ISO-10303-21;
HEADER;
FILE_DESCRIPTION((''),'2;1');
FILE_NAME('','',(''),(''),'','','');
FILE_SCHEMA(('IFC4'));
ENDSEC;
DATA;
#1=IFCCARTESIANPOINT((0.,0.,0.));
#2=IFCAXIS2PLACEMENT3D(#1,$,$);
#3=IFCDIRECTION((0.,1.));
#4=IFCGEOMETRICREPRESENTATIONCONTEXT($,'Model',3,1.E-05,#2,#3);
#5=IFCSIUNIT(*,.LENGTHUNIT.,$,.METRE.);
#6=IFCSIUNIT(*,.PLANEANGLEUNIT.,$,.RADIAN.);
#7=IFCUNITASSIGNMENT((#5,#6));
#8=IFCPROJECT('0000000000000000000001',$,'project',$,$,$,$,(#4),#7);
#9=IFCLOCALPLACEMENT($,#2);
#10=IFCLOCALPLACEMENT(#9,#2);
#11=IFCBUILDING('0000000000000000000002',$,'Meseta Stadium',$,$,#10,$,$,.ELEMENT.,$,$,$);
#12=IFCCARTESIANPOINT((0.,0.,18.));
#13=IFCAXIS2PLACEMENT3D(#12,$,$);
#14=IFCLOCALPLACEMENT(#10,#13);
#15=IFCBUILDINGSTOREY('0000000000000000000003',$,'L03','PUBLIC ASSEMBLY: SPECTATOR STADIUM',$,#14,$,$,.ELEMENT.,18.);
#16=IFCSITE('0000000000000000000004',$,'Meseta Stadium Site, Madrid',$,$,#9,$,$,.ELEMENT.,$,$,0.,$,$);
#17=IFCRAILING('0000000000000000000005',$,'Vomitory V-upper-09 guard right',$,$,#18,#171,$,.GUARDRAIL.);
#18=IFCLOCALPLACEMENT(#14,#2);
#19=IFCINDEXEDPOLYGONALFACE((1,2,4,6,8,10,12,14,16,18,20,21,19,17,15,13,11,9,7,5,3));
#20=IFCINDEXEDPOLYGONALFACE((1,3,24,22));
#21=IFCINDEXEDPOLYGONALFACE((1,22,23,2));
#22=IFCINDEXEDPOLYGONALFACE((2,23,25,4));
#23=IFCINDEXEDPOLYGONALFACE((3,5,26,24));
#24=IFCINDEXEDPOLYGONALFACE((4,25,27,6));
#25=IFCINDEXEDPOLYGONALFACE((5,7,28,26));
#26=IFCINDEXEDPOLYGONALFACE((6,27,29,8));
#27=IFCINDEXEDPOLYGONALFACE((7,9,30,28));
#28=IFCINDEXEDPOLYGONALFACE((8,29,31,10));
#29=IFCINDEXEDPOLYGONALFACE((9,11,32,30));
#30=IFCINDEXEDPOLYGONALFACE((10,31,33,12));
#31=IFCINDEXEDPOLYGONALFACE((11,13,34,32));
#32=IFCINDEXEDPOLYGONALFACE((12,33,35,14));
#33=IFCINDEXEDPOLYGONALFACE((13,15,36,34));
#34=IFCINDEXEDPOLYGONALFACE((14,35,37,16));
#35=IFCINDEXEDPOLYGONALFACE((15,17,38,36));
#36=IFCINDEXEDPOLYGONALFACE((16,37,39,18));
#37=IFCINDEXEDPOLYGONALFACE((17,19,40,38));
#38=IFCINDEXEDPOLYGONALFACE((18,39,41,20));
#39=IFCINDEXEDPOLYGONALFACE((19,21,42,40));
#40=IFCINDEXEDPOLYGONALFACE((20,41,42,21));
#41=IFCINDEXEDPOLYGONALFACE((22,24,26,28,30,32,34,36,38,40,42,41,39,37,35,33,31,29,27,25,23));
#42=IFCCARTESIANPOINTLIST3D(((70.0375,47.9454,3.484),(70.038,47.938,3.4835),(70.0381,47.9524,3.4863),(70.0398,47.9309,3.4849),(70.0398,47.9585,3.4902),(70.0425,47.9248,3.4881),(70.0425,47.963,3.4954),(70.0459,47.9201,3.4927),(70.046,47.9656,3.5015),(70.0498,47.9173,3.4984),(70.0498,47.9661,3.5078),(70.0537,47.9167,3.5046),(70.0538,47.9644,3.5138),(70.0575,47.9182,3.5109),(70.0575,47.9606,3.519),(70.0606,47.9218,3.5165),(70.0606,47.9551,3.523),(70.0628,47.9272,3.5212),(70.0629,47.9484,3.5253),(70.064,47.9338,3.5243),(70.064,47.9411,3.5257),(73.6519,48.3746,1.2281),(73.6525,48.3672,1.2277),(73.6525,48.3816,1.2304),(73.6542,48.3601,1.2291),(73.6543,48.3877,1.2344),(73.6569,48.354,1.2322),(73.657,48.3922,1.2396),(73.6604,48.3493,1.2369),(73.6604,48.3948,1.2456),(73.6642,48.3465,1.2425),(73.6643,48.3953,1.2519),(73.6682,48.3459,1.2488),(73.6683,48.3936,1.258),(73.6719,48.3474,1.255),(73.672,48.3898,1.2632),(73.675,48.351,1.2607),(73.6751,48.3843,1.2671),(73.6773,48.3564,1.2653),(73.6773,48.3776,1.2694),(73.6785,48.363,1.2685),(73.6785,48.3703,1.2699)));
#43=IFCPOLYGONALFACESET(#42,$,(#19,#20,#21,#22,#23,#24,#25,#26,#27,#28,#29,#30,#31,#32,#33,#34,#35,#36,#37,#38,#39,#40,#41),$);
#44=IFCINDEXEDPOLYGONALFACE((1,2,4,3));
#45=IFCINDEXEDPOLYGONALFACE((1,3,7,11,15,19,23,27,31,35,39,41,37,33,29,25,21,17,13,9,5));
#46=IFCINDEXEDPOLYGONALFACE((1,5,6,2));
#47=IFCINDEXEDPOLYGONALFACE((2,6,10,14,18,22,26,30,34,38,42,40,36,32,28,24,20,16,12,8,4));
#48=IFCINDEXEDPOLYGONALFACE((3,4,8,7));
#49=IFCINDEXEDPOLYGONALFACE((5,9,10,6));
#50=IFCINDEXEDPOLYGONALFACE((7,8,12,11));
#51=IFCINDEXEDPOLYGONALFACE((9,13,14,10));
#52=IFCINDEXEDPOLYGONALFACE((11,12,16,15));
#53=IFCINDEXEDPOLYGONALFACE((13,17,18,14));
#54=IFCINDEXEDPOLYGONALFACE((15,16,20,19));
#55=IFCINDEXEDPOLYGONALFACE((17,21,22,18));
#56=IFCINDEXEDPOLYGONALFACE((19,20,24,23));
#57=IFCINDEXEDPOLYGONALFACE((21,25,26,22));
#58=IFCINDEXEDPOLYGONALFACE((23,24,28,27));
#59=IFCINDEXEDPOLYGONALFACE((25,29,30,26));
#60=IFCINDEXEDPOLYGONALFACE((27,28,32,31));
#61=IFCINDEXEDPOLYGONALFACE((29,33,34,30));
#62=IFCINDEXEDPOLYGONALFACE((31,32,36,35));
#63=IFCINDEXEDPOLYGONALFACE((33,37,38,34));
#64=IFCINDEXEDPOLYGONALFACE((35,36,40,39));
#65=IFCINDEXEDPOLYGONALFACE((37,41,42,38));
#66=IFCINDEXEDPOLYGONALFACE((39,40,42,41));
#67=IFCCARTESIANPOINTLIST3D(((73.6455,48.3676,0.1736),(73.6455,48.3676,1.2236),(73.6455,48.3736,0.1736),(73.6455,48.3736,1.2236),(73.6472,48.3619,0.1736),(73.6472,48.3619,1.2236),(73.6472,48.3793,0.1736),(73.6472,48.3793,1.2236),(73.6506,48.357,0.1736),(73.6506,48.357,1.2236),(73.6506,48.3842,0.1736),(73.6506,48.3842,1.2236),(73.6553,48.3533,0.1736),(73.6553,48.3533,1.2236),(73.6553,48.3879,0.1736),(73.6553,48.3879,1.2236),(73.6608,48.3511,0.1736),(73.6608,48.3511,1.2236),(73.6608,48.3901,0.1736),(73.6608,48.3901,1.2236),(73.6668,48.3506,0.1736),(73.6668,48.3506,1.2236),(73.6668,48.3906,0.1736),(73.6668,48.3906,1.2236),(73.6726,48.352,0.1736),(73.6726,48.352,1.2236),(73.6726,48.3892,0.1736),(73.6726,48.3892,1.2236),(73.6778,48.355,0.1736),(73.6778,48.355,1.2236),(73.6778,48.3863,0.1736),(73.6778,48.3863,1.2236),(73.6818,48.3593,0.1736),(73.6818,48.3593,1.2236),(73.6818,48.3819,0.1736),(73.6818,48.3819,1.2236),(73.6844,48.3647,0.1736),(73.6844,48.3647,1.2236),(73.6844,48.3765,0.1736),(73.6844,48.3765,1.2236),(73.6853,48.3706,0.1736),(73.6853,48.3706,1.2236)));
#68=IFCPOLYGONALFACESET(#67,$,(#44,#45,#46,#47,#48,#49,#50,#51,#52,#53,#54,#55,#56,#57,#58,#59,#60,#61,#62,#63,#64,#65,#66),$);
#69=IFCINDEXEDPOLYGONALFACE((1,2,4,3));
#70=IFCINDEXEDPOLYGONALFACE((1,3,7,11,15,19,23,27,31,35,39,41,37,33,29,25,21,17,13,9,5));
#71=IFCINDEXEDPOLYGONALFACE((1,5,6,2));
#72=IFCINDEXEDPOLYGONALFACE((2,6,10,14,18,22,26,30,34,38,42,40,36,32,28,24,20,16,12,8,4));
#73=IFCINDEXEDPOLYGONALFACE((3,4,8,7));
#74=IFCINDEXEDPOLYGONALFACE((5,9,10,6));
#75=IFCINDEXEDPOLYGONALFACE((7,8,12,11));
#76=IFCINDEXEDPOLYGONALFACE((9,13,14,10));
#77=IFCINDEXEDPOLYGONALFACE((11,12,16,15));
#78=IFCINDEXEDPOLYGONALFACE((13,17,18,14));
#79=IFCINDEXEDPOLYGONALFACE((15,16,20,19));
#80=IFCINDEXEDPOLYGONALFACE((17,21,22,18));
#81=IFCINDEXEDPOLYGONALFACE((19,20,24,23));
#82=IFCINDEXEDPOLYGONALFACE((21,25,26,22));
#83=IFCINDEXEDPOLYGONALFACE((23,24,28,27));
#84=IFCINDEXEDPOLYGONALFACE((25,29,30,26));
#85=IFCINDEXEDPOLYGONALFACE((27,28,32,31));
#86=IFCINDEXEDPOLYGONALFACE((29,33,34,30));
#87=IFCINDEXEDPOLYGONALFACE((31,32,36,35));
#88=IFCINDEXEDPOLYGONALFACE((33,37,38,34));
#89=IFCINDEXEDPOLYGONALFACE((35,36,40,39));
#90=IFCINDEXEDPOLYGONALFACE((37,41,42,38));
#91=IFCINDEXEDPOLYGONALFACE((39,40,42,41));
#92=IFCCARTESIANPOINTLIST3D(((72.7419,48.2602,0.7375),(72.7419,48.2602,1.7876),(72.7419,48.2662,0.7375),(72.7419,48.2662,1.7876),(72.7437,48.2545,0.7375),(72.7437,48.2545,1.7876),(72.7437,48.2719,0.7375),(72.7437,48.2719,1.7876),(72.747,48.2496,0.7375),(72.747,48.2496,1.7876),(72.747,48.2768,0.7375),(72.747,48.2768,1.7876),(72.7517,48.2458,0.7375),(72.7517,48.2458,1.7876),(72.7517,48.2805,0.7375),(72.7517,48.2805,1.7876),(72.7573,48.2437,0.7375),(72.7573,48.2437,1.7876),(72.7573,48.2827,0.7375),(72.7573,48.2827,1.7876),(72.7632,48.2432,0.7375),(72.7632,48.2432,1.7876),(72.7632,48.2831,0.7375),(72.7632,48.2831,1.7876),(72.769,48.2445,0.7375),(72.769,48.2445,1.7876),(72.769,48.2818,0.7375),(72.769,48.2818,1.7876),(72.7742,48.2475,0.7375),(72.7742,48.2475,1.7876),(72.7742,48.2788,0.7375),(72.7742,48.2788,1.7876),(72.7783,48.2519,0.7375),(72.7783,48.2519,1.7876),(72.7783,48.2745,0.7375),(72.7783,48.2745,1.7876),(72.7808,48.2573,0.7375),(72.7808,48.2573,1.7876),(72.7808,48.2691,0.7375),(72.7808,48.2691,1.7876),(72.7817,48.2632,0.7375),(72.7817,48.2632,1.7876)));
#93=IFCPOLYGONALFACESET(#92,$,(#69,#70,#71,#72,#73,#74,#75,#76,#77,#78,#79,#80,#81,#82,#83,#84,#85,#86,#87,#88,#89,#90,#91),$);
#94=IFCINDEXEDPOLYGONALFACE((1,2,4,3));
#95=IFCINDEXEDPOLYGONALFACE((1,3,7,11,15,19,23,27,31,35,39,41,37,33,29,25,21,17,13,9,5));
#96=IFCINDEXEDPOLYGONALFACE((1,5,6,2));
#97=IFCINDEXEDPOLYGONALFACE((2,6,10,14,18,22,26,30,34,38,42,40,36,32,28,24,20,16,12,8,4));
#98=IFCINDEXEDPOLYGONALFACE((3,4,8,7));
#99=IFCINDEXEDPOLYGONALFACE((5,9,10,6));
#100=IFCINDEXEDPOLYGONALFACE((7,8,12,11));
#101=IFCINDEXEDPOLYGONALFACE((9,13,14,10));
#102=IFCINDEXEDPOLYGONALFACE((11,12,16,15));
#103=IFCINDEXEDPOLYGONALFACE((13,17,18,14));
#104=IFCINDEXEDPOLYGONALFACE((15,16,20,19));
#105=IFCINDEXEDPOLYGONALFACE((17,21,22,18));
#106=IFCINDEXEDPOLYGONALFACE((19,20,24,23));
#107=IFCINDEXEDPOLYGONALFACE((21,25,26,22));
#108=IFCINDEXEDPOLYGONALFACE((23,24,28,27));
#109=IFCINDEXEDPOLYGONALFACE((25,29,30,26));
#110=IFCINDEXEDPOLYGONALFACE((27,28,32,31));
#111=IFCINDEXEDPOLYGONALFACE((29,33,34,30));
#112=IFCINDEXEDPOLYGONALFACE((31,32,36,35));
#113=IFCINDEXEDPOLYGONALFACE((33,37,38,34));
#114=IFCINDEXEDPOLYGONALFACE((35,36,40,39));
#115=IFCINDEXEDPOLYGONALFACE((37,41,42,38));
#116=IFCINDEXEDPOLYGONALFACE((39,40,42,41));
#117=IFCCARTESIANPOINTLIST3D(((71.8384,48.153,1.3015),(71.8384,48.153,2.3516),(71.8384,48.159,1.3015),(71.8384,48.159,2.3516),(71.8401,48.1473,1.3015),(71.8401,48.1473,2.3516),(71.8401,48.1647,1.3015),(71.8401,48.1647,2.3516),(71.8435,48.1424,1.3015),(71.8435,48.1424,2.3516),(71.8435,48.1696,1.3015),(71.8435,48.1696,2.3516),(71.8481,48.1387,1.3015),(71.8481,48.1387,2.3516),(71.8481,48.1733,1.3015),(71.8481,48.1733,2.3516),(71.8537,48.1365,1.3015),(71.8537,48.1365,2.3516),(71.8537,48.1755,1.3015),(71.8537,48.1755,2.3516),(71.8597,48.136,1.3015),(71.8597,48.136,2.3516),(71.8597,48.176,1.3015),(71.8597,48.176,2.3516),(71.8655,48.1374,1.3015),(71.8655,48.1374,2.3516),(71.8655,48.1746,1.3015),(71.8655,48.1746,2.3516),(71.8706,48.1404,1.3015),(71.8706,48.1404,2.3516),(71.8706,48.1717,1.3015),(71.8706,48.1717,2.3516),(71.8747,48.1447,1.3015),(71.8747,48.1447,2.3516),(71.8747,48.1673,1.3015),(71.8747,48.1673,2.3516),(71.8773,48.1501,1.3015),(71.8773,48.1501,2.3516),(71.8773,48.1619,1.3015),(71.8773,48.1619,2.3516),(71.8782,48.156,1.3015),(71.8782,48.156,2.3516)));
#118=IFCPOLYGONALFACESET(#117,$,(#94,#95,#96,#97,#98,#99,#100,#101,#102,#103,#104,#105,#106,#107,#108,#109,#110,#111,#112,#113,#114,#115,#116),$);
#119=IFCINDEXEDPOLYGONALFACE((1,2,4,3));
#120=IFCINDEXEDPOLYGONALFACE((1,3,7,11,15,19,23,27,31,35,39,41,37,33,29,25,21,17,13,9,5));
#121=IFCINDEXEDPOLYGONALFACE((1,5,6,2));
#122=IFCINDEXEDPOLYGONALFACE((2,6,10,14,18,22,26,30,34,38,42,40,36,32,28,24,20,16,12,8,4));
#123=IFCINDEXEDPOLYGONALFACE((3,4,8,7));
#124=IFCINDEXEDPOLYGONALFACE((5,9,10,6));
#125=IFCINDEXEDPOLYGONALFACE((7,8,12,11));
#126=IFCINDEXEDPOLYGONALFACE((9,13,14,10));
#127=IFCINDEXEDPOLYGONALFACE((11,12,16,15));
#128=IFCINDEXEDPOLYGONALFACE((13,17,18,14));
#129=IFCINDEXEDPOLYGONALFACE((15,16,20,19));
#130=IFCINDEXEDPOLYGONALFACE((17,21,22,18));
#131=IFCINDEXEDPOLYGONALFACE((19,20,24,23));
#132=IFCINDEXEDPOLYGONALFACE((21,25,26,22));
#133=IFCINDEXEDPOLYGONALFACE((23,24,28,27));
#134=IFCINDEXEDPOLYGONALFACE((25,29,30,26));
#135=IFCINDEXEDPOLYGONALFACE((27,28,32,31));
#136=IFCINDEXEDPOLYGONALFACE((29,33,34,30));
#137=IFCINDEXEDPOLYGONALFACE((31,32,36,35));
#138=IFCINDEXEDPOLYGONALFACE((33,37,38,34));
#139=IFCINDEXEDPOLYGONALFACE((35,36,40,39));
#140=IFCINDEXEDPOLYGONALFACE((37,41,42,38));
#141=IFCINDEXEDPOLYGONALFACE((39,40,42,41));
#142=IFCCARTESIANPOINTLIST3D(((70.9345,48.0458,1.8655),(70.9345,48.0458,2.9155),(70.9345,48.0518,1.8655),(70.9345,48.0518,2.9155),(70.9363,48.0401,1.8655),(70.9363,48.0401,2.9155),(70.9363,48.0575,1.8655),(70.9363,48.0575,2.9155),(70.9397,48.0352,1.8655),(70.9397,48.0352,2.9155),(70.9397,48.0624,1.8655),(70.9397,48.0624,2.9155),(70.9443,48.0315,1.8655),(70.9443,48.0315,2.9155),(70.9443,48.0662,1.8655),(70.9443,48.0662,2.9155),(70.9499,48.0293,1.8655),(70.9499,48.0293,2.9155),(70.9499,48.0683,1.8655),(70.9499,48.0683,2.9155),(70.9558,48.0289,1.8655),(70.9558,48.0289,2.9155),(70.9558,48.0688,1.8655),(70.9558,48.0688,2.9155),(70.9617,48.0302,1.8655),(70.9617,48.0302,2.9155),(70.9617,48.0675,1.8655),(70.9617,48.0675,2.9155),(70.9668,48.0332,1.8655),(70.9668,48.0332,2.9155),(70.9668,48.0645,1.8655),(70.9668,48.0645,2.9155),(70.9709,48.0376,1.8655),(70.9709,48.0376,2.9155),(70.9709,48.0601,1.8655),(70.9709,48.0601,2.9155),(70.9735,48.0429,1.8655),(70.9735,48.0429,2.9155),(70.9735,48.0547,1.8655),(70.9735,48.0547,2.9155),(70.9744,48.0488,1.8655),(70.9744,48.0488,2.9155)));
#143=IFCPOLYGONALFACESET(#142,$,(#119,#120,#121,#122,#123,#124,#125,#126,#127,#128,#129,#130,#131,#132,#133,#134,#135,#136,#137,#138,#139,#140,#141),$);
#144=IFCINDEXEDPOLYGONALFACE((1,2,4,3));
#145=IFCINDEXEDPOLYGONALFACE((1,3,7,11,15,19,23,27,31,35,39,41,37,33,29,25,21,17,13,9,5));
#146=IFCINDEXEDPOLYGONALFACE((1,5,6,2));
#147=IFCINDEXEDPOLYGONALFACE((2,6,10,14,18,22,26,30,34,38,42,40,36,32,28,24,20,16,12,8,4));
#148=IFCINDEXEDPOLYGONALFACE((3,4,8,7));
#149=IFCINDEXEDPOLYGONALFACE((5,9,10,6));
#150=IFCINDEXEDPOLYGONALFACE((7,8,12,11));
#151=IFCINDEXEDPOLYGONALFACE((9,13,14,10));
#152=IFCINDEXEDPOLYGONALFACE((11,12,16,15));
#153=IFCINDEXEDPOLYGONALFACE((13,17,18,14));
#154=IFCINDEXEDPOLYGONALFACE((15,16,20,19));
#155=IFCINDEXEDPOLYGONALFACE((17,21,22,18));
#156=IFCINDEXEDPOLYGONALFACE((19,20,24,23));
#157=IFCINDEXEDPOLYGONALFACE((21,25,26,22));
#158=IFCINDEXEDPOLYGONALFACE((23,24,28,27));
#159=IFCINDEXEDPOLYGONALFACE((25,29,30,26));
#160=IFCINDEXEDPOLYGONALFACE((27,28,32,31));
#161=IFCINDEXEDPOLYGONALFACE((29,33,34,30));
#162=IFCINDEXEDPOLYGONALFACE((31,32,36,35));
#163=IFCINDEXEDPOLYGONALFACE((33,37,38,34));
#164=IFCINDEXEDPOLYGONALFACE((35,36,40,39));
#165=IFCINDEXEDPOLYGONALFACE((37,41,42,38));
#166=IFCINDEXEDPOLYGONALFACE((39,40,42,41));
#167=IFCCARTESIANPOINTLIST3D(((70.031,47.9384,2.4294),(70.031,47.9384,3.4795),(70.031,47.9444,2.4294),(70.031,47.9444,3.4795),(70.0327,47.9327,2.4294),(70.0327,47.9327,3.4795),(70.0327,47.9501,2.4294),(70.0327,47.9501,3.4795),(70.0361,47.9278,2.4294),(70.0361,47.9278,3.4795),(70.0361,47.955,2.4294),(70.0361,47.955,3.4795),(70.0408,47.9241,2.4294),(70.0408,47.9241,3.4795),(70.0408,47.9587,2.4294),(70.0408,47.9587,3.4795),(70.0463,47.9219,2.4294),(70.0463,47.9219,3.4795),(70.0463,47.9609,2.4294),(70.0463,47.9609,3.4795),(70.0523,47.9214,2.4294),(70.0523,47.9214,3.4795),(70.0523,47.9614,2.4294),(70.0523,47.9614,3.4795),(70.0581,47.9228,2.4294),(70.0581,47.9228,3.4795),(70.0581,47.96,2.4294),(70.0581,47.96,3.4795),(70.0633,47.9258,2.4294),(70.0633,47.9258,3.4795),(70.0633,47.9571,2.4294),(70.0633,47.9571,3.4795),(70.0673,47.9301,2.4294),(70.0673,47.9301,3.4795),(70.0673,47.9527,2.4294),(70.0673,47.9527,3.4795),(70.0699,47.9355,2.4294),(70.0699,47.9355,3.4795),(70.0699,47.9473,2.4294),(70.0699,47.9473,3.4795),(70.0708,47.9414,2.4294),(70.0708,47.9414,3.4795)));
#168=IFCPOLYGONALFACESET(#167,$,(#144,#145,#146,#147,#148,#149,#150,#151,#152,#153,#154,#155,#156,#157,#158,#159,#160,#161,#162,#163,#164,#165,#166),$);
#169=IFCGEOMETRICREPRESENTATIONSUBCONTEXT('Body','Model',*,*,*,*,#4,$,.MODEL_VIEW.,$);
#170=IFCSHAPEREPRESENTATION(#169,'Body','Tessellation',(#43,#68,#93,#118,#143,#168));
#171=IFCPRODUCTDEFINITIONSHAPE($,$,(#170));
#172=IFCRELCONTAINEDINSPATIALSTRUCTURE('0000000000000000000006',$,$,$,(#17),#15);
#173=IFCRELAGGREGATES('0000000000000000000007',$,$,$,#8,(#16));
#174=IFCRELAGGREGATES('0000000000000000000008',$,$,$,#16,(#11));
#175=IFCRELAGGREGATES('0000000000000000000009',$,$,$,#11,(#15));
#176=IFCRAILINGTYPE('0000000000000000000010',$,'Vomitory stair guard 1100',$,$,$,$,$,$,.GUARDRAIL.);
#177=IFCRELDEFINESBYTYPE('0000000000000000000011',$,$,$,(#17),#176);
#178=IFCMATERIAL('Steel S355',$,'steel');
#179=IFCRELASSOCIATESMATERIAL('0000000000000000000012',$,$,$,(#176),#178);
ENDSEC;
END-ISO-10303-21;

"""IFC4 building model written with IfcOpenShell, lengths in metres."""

from ifc_helpers import new_model, si_unit, direction, frame, origin, origin_2d, place, context, subcontext, project, spatial, circle, extrude, material, type_object, element, save


model = new_model("IFC4")

# Units and contexts
model_context = context("Model", 3, precision=1e-05, world=origin(), true_north=direction((0.0, 1.0)))
body_context = subcontext(model_context, "Body", "Model", "MODEL_VIEW")
ifc_project = project(units=[si_unit("LENGTHUNIT", "METRE"), si_unit("PLANEANGLEUNIT", "RADIAN")], contexts=[model_context])

# Site, building, storey
site_placement = place(None, origin())
site = spatial("IfcSite", under=ifc_project, at=site_placement, Name="Meseta Stadium Site, Madrid", CompositionType="ELEMENT", RefElevation=0.0)
building_placement = place(site_placement, origin())
building = spatial("IfcBuilding", under=site, at=building_placement, Name="Meseta Stadium", CompositionType="ELEMENT")
storey_placement = place(building_placement, frame((0.0, 0.0, 18.0)))
storey = spatial("IfcBuildingStorey", under=building, at=storey_placement, Name="L03", Description="PUBLIC ASSEMBLY: SPECTATOR STADIUM", CompositionType="ELEMENT", Elevation=18.0)

# Railing
ifc_material_1 = material(Name="Steel S355", Category="steel")
railing_type_1 = type_object("IfcRailingType", Name="Vomitory stair guard 1100", PredefinedType="GUARDRAIL", material=ifc_material_1)
railing_1_placement = place(storey_placement, frame((73.6653, 48.3706, 0.1736)))
element("IfcRailing", 1, at=railing_1_placement, inside=storey, type_object=railing_type_1, Name="Vomitory V-upper-09 guard right", PredefinedType="GUARDRAIL", context=body_context, shape_type="SweptSolid", body=[
    extrude(circle(Radius=0.0249, at=origin_2d()), frame((0.0, 0.0, 1.0752), z_axis=(-0.844064, -0.100227, 0.526792), x_axis=(0.117915, -0.993024, 0.0)), (0.0, 0.0, 1.0), 4.2822),
    extrude(circle(Radius=0.02, at=origin_2d()), origin(), (0.0, 0.0, 1.0), 1.05),
    extrude(circle(Radius=0.02, at=origin_2d()), frame((-0.9036, -0.1074, 0.564)), (0.0, 0.0, 1.0), 1.05),
    extrude(circle(Radius=0.02, at=origin_2d()), frame((-1.8071, -0.2146, 1.1279)), (0.0, 0.0, 1.0), 1.05),
    extrude(circle(Radius=0.02, at=origin_2d()), frame((-2.7109, -0.3218, 1.6919)), (0.0, 0.0, 1.0), 1.05),
    extrude(circle(Radius=0.02, at=origin_2d()), frame((-3.6145, -0.4292, 2.2559)), (0.0, 0.0, 1.0), 1.05),
])

save(model, "model.ifc")
